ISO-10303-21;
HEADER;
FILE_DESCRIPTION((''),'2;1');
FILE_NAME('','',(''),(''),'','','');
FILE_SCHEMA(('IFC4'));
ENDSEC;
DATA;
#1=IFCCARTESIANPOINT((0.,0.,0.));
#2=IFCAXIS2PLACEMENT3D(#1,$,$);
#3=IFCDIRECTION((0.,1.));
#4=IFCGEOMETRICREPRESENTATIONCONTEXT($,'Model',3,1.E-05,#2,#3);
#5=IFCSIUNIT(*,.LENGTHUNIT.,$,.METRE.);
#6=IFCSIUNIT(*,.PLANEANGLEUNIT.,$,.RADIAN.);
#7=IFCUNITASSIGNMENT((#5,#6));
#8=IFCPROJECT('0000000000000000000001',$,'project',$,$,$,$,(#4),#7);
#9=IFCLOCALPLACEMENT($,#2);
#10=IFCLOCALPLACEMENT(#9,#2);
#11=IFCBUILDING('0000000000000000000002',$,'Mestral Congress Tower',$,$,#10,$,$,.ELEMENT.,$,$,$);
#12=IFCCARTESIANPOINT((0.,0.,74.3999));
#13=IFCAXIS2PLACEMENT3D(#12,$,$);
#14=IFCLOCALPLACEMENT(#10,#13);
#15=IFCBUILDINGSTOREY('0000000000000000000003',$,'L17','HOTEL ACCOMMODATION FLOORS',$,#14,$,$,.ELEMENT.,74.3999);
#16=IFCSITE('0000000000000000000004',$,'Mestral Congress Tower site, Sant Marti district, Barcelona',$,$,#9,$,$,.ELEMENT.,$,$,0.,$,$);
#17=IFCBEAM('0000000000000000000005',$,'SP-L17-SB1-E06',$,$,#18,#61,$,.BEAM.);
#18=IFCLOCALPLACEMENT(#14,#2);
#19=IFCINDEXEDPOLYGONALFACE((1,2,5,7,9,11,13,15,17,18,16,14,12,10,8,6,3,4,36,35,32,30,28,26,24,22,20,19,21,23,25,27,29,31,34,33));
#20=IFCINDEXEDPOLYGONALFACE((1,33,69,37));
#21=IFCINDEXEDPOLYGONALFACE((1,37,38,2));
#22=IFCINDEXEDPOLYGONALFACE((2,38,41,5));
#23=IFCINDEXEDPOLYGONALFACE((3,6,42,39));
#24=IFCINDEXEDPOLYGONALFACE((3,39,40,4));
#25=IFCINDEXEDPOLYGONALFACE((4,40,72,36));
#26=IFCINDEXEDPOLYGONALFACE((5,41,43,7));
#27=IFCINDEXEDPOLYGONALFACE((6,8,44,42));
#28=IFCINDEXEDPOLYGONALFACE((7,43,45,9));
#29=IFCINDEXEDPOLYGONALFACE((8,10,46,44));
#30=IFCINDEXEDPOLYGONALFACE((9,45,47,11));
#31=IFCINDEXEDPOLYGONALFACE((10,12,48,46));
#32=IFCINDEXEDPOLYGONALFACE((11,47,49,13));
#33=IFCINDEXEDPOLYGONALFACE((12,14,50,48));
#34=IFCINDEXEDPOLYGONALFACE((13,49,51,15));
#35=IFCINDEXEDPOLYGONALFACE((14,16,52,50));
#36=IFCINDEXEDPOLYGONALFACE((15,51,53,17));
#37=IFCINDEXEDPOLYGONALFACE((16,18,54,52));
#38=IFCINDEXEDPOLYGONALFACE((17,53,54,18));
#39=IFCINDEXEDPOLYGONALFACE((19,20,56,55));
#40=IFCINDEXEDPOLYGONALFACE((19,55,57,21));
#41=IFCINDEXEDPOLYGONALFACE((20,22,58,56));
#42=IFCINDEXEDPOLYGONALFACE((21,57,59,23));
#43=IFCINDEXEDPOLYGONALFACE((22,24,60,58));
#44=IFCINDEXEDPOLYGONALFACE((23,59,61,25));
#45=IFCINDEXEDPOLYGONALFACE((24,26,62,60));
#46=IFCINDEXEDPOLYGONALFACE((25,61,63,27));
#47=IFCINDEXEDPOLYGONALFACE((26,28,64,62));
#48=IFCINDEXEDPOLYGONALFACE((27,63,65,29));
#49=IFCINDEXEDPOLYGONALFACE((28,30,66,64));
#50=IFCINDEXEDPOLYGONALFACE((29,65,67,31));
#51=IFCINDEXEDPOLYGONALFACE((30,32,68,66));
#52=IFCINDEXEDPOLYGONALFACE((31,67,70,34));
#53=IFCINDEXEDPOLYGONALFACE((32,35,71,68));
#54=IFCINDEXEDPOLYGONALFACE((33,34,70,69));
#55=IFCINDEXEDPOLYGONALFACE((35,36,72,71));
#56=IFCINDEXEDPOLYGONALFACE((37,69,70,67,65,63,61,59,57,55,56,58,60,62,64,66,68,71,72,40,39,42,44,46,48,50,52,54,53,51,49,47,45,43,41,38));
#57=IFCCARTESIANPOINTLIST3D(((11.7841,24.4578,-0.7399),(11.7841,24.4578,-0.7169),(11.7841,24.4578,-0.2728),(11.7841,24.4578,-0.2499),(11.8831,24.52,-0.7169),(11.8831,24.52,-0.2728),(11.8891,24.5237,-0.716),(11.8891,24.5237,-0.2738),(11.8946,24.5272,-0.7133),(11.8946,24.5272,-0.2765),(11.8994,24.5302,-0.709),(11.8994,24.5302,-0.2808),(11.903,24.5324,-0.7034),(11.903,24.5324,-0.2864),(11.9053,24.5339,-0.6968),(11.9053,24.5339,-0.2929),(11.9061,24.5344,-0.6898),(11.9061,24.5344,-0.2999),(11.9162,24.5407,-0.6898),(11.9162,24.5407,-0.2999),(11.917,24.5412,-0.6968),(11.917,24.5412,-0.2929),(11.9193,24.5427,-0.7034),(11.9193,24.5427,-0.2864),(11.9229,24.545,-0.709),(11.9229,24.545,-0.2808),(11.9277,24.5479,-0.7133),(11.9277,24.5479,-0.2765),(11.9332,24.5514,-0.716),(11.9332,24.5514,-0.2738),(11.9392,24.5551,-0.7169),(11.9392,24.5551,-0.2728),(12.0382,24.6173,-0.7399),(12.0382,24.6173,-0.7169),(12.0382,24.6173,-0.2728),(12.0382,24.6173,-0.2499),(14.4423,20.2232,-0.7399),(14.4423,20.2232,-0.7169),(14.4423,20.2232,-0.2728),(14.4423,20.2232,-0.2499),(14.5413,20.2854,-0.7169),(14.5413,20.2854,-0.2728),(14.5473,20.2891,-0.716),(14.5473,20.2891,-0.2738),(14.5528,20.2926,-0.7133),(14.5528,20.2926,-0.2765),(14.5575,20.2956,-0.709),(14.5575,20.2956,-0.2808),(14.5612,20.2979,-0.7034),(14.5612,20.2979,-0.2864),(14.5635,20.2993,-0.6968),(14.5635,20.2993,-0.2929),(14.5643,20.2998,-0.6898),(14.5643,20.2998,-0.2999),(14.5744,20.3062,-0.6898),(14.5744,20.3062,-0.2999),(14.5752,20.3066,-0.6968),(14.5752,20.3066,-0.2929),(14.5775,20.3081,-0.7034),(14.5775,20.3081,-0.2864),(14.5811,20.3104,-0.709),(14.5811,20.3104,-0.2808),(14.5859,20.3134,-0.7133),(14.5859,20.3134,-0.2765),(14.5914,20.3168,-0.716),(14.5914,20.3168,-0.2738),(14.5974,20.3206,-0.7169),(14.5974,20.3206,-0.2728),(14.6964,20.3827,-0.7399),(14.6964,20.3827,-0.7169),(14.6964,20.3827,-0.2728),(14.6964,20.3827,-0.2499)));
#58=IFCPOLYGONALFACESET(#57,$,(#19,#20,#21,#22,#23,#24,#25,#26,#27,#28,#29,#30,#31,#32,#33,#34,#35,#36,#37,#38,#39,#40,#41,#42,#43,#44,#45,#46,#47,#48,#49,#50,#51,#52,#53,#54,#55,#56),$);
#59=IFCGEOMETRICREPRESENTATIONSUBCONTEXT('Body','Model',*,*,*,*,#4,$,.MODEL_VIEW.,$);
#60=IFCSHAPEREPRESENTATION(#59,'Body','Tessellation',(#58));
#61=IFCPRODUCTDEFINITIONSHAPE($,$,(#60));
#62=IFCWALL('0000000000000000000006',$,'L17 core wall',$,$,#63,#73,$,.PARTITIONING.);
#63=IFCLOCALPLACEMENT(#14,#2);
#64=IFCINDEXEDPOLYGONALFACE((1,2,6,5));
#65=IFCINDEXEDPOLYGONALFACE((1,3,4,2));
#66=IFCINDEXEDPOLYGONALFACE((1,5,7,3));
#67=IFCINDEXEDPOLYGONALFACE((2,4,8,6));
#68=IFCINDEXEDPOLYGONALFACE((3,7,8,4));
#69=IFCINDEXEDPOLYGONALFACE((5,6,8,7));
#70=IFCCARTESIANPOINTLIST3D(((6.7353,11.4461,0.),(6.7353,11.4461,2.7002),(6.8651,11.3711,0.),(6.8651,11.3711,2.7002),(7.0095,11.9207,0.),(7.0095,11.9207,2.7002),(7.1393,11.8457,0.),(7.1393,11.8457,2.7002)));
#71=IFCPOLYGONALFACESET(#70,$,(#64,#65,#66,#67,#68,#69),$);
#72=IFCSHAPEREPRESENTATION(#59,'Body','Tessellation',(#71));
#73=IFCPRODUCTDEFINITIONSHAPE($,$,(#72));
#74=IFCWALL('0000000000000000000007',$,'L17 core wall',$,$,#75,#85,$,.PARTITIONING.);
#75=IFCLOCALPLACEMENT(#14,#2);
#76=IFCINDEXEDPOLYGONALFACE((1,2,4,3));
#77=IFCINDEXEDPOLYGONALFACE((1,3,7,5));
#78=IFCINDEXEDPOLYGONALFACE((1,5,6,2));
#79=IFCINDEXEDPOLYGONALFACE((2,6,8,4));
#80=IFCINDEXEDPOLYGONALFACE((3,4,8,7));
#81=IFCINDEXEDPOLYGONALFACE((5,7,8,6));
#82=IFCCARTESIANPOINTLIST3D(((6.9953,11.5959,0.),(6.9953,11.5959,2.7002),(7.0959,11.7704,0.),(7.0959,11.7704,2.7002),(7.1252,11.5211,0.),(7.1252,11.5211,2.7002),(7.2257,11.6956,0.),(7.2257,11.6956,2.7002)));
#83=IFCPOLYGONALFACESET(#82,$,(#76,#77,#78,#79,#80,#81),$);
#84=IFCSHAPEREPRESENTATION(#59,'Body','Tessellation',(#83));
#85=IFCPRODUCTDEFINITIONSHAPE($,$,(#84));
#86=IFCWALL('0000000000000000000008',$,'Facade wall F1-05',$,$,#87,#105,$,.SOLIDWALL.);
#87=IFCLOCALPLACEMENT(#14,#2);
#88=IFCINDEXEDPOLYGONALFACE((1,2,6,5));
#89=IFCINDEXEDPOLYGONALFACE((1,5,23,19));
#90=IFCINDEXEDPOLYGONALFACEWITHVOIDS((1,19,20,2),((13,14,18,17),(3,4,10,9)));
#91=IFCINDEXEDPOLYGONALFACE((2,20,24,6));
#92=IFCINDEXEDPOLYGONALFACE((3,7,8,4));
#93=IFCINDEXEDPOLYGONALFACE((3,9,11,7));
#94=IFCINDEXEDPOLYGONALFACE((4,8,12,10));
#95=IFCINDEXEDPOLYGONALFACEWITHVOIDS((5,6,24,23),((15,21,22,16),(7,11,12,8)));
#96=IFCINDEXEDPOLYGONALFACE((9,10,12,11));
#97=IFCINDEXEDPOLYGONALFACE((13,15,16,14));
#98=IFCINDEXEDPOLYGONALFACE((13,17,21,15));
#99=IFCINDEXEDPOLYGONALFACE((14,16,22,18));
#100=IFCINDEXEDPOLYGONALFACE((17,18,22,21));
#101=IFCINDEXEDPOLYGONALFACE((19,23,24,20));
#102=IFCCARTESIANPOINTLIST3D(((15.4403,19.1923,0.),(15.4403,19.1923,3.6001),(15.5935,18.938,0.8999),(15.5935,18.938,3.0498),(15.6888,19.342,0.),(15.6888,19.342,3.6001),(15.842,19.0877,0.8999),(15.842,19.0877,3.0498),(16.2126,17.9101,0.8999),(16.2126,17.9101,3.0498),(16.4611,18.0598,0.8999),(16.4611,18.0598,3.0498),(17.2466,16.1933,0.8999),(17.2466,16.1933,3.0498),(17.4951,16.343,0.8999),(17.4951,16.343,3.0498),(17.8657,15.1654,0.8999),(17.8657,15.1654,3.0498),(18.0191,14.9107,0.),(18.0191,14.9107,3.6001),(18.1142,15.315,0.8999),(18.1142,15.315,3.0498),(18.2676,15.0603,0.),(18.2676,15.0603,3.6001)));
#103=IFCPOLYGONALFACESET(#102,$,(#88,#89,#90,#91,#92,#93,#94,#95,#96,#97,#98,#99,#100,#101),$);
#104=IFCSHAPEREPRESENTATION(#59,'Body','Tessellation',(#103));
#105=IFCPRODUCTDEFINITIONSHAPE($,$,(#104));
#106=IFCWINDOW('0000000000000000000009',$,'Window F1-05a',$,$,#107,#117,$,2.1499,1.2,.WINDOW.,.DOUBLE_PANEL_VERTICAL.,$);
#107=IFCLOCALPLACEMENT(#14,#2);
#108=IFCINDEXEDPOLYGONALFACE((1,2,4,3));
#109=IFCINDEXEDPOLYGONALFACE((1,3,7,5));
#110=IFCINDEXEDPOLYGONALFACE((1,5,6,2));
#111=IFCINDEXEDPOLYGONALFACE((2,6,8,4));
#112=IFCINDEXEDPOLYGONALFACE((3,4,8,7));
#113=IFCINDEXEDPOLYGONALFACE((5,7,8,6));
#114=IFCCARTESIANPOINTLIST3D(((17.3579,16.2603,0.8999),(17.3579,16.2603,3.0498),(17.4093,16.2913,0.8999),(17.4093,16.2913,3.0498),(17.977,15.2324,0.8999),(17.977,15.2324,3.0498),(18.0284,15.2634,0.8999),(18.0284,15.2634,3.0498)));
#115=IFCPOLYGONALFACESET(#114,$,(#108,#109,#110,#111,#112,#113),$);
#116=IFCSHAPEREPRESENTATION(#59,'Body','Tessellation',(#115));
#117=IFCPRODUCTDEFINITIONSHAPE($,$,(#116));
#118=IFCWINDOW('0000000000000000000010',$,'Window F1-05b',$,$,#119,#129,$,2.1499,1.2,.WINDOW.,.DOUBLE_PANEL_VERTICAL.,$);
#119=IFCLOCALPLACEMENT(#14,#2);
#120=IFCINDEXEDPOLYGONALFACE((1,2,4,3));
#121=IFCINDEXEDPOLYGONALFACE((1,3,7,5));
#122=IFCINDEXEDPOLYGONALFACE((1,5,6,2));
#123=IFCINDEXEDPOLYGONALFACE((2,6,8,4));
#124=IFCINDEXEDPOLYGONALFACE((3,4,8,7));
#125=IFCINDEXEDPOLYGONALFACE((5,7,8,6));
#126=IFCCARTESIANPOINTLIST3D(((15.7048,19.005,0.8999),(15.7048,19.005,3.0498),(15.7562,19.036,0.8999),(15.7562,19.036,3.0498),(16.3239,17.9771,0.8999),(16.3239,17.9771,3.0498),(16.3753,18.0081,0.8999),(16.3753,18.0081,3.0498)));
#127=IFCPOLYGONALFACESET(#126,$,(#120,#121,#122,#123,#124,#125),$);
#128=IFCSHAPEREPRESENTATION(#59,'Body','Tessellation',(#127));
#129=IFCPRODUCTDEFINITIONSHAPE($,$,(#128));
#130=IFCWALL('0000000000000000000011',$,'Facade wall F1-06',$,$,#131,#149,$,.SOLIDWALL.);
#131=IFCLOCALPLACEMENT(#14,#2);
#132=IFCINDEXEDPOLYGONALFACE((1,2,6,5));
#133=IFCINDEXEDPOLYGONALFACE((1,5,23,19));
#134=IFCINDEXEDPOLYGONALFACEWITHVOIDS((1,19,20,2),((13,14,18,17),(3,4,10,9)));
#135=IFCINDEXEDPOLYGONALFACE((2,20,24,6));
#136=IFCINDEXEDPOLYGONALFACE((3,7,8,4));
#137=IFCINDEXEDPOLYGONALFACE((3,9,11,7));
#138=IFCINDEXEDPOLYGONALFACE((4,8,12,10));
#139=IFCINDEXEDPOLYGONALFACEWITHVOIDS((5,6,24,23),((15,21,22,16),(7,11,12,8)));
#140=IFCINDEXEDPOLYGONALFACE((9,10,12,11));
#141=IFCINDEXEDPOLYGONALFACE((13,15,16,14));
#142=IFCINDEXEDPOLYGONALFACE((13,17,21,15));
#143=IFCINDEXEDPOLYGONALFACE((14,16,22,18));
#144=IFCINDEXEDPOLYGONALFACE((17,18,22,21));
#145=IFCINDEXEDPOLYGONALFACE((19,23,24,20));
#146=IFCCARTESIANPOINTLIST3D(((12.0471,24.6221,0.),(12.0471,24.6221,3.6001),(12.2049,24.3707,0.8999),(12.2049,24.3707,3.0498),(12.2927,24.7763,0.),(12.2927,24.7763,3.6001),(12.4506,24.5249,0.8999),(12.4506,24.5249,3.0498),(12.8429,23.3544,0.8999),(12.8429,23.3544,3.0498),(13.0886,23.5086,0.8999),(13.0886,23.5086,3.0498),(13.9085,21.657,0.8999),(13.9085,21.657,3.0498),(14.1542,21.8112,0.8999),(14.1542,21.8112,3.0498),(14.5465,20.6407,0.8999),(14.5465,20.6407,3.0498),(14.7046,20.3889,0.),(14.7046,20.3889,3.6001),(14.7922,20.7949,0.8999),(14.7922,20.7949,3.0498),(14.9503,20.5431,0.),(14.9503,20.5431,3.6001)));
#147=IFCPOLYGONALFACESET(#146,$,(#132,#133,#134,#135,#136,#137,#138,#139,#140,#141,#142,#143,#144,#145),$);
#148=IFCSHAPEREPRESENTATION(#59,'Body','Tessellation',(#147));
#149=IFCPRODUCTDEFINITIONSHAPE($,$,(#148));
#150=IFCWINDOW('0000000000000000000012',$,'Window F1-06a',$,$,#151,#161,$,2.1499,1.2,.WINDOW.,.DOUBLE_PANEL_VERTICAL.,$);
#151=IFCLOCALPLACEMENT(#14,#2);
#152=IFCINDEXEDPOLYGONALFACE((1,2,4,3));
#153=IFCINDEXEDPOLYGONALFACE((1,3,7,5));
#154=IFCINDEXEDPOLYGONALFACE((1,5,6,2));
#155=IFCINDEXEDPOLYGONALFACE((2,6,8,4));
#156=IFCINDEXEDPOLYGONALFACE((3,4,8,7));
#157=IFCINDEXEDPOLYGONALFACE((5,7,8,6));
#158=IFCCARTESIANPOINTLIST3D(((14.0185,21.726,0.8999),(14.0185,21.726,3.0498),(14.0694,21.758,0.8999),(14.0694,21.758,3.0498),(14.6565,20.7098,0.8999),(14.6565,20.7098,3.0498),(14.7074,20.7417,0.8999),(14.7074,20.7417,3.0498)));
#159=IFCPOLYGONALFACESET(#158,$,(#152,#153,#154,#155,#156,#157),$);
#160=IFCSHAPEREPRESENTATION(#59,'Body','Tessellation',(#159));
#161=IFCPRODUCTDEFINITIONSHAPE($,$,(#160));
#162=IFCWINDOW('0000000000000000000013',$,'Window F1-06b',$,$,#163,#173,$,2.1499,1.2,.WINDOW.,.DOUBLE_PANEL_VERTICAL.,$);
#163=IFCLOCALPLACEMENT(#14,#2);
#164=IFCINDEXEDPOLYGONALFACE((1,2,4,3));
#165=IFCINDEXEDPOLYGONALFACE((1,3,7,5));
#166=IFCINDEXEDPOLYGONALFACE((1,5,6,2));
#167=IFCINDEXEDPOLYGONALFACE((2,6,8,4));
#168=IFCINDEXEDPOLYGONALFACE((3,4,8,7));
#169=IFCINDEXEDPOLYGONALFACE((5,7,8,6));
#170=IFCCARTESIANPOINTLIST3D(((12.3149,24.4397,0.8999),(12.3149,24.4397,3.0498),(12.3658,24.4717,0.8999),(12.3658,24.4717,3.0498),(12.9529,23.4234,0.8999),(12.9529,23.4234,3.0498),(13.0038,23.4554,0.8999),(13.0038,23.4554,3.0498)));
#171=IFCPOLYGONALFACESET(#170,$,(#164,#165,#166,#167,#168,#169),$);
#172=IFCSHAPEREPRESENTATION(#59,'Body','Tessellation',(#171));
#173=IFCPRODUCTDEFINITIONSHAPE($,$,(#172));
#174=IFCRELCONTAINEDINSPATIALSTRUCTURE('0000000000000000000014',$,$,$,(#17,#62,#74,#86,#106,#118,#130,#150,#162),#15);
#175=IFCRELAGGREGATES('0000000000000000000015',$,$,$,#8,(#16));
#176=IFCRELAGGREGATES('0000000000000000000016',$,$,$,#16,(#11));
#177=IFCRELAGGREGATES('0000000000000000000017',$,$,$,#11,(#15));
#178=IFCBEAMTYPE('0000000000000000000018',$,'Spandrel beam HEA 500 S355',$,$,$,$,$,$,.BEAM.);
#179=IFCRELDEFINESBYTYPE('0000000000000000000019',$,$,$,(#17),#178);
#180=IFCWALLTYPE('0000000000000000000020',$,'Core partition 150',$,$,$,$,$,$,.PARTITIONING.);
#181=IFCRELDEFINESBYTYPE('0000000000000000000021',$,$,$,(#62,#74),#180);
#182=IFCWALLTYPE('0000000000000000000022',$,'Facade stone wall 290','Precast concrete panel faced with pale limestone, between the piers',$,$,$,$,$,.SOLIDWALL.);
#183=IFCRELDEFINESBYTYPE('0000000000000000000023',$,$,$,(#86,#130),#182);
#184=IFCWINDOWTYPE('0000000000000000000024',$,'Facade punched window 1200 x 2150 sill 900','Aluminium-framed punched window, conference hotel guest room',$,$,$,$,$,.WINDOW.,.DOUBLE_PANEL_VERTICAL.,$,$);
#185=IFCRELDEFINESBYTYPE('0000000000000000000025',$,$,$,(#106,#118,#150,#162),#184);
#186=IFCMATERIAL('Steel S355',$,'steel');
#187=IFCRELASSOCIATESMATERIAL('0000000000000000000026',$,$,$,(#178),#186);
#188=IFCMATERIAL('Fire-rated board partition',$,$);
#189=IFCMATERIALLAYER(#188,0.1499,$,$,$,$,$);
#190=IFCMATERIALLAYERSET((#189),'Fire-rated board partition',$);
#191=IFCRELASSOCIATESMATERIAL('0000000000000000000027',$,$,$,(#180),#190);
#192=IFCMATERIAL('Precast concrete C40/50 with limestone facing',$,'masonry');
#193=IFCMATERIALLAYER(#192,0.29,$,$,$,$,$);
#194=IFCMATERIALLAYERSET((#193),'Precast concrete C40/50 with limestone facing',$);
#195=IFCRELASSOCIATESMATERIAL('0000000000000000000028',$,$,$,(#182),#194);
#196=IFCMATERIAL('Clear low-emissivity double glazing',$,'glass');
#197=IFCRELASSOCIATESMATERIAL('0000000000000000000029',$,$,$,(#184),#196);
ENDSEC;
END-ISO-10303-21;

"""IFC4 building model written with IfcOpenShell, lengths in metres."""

from ifc_helpers import new_model, si_unit, direction, frame, frame_2d, origin, origin_2d, place, context, subcontext, project, spatial, rectangle, i_section, extrude, material, layer, layer_set, material_profile, profile_set, type_object, element, fill, save


model = new_model("IFC4")

# Units and contexts
model_context = context("Model", 3, precision=1e-05, world=origin(), true_north=direction((0.0, 1.0)))
body_context = subcontext(model_context, "Body", "Model", "MODEL_VIEW")
ifc_project = project(units=[si_unit("LENGTHUNIT", "METRE"), si_unit("PLANEANGLEUNIT", "RADIAN")], contexts=[model_context])

# Site, building, storey
site_placement = place(None, origin())
site = spatial("IfcSite", under=ifc_project, at=site_placement, Name="Mestral Congress Tower site, Sant Marti district, Barcelona", CompositionType="ELEMENT", RefElevation=0.0)
building_placement = place(site_placement, origin())
building = spatial("IfcBuilding", under=site, at=building_placement, Name="Mestral Congress Tower", CompositionType="ELEMENT")
storey_placement = place(building_placement, frame((0.0, 0.0, 74.3999)))
storey = spatial("IfcBuildingStorey", under=building, at=storey_placement, Name="L17", Description="HOTEL ACCOMMODATION FLOORS", CompositionType="ELEMENT", Elevation=74.3999)

# Beam
ifc_material_1 = material(Name="Steel S355", Category="steel")
ifc_material_profile_1 = material_profile(ifc_material_1, i_section(OverallWidth=0.3, OverallDepth=0.49, WebThickness=0.012, FlangeThickness=0.0229, FilletRadius=0.0271, at=origin_2d()), Name="HEA 500")
ifc_profile_set_1 = profile_set([ifc_material_profile_1], Name="Steel S355")
beam_type_1 = type_object("IfcBeamType", Name="Spandrel beam HEA 500 S355", PredefinedType="BEAM", material=ifc_profile_set_1)
for number, where, z_axis, x_axis, name in (
    (1, (14.5693, 20.303, -0.4949), (-0.531661, 0.846957, 0.0), (-0.846957, -0.531661, 0.0), "SP-L17-SB1-E06"),
):
    element("IfcBeam", number, at=place(storey_placement, frame(where, z_axis=z_axis, x_axis=x_axis)), inside=storey, type_object=beam_type_1, Name=name, PredefinedType="BEAM", context=body_context, shape_type="SweptSolid", body=[
        extrude(i_section(OverallWidth=0.3, OverallDepth=0.49, WebThickness=0.012, FlangeThickness=0.0229, FilletRadius=0.0271, at=origin_2d()), origin(), (0.0, 0.0, 1.0), 4.9998),
    ])

# Walls
ifc_material_2 = material(Name="Fire-rated board partition")
ifc_layer_1 = layer(ifc_material_2, 0.1499)
ifc_layer_set_1 = layer_set([ifc_layer_1], Name="Fire-rated board partition")
wall_type_1 = type_object("IfcWallType", Name="Core partition 150", PredefinedType="PARTITIONING", material=ifc_layer_set_1)
wall_1_placement = place(storey_placement, frame((6.8003, 11.4087, 0.0), z_axis=(0.0, 0.0, 1.0), x_axis=(0.500211, 0.865904, 0.0)))
element("IfcWall", 2, at=wall_1_placement, inside=storey, type_object=wall_type_1, Name="L17 core wall", PredefinedType="PARTITIONING", context=body_context, shape_type="SweptSolid", body=[
    extrude(rectangle(XDim=0.5481, YDim=0.1499, at=frame_2d((0.2739, 0.0))), origin(), (0.0, 0.0, 1.0), 2.7002),
])
wall_2_placement = place(storey_placement, frame((7.0603, 11.5586, 0.0), z_axis=(0.0, 0.0, 1.0), x_axis=(0.499268, 0.866448, 0.0)))
element("IfcWall", 3, at=wall_2_placement, inside=storey, type_object=wall_type_1, Name="L17 core wall", PredefinedType="PARTITIONING", context=body_context, shape_type="SweptSolid", body=[
    extrude(rectangle(XDim=0.2014, YDim=0.1499, at=frame_2d((0.1006, 0.0))), origin(), (0.0, 0.0, 1.0), 2.7002),
])

# Walls, openings, windows
ifc_material_3 = material(Name="Precast concrete C40/50 with limestone facing", Category="masonry")
ifc_layer_2 = layer(ifc_material_3, 0.29)
ifc_layer_set_2 = layer_set([ifc_layer_2], Name="Precast concrete C40/50 with limestone facing")
wall_type_2 = type_object("IfcWallType", Name="Facade stone wall 290", Description="Precast concrete panel faced with pale limestone, between the piers", PredefinedType="SOLIDWALL", material=ifc_layer_set_2)
wall_3_placement = place(storey_placement, frame((18.1433, 14.9856, 0.0), z_axis=(0.0, 0.0, 1.0), x_axis=(-0.515939, 0.856625, 0.0)))
wall_3 = element("IfcWall", 4, at=wall_3_placement, inside=storey, type_object=wall_type_2, Name="Facade wall F1-05", PredefinedType="SOLIDWALL", context=body_context, shape_type="SweptSolid", body=[
    extrude(rectangle(XDim=4.9983, YDim=0.29, at=frame_2d((2.499, 0.0))), origin(), (0.0, 0.0, 1.0), 3.6001),
])
opening_1_placement = place(wall_3_placement, frame((0.2971, 0.0, 0.8999)))
opening_1 = element("IfcOpeningElement", 5, at=opening_1_placement, cuts=wall_3, PredefinedType="OPENING", context=body_context, shape_type="SweptSolid", body=[
    extrude(rectangle(XDim=1.2, YDim=2.1499, at=frame_2d((0.6001, 1.075))), frame((0.0, 0.155, 0.0), z_axis=(0.0, -1.0, 0.0), x_axis=(1.0, 0.0, 0.0)), (0.0, 0.0, 1.0), 0.3101),
])
opening_2_placement = place(wall_3_placement, frame((3.5012, 0.0, 0.8999)))
opening_2 = element("IfcOpeningElement", 6, at=opening_2_placement, cuts=wall_3, PredefinedType="OPENING", context=body_context, shape_type="SweptSolid", body=[
    extrude(rectangle(XDim=1.2, YDim=2.1499, at=frame_2d((0.6001, 1.075))), frame((0.0, 0.155, 0.0), z_axis=(0.0, -1.0, 0.0), x_axis=(1.0, 0.0, 0.0)), (0.0, 0.0, 1.0), 0.3101),
])
ifc_material_4 = material(Name="Clear low-emissivity double glazing", Category="glass")
window_type = type_object("IfcWindowType", Name="Facade punched window 1200 x 2150 sill 900", Description="Aluminium-framed punched window, conference hotel guest room", PartitioningType="DOUBLE_PANEL_VERTICAL", PredefinedType="WINDOW", material=ifc_material_4)
window_1_placement = place(opening_1_placement, origin())
window_1 = element("IfcWindow", 7, at=window_1_placement, inside=storey, type_object=window_type, Name="Window F1-05a", OverallHeight=2.1499, OverallWidth=1.2, PartitioningType="DOUBLE_PANEL_VERTICAL", PredefinedType="WINDOW", context=body_context, shape_type="SweptSolid", body=[
    extrude(rectangle(XDim=1.2, YDim=2.1499, at=frame_2d((0.6001, 1.075))), frame((0.0, 0.0151, 0.0), z_axis=(0.0, -1.0, 0.0), x_axis=(1.0, 0.0, 0.0)), (0.0, 0.0, 1.0), 0.0601),
])
fill(opening_1, window_1)
window_2_placement = place(opening_2_placement, origin())
window_2 = element("IfcWindow", 8, at=window_2_placement, inside=storey, type_object=window_type, Name="Window F1-05b", OverallHeight=2.1499, OverallWidth=1.2, PartitioningType="DOUBLE_PANEL_VERTICAL", PredefinedType="WINDOW", context=body_context, shape_type="SweptSolid", body=[
    extrude(rectangle(XDim=1.2, YDim=2.1499, at=frame_2d((0.6001, 1.075))), frame((0.0, 0.0151, 0.0), z_axis=(0.0, -1.0, 0.0), x_axis=(1.0, 0.0, 0.0)), (0.0, 0.0, 1.0), 0.0601),
])
fill(opening_2, window_2)
wall_4_placement = place(storey_placement, frame((14.8274, 20.4661, 0.0), z_axis=(0.0, 0.0, 1.0), x_axis=(-0.531688, 0.84694, 0.0)))
wall_4 = element("IfcWall", 9, at=wall_4_placement, inside=storey, type_object=wall_type_2, Name="Facade wall F1-06", PredefinedType="SOLIDWALL", context=body_context, shape_type="SweptSolid", body=[
    extrude(rectangle(XDim=4.9983, YDim=0.29, at=frame_2d((2.499, 0.0))), origin(), (0.0, 0.0, 1.0), 3.6001),
])
opening_3_placement = place(wall_4_placement, frame((0.2971, 0.0, 0.8999)))
opening_3 = element("IfcOpeningElement", 10, at=opening_3_placement, cuts=wall_4, PredefinedType="OPENING", context=body_context, shape_type="SweptSolid", body=[
    extrude(rectangle(XDim=1.2, YDim=2.1499, at=frame_2d((0.6001, 1.075))), frame((0.0, 0.155, 0.0), z_axis=(0.0, -1.0, 0.0), x_axis=(1.0, 0.0, 0.0)), (0.0, 0.0, 1.0), 0.3101),
])
opening_4_placement = place(wall_4_placement, frame((3.5012, 0.0, 0.8999)))
opening_4 = element("IfcOpeningElement", 11, at=opening_4_placement, cuts=wall_4, PredefinedType="OPENING", context=body_context, shape_type="SweptSolid", body=[
    extrude(rectangle(XDim=1.2, YDim=2.1499, at=frame_2d((0.6001, 1.075))), frame((0.0, 0.155, 0.0), z_axis=(0.0, -1.0, 0.0), x_axis=(1.0, 0.0, 0.0)), (0.0, 0.0, 1.0), 0.3101),
])
window_3_placement = place(opening_3_placement, origin())
window_3 = element("IfcWindow", 12, at=window_3_placement, inside=storey, type_object=window_type, Name="Window F1-06a", OverallHeight=2.1499, OverallWidth=1.2, PartitioningType="DOUBLE_PANEL_VERTICAL", PredefinedType="WINDOW", context=body_context, shape_type="SweptSolid", body=[
    extrude(rectangle(XDim=1.2, YDim=2.1499, at=frame_2d((0.6001, 1.075))), frame((0.0, 0.0151, 0.0), z_axis=(0.0, -1.0, 0.0), x_axis=(1.0, 0.0, 0.0)), (0.0, 0.0, 1.0), 0.0601),
])
fill(opening_3, window_3)
window_4_placement = place(opening_4_placement, origin())
window_4 = element("IfcWindow", 13, at=window_4_placement, inside=storey, type_object=window_type, Name="Window F1-06b", OverallHeight=2.1499, OverallWidth=1.2, PartitioningType="DOUBLE_PANEL_VERTICAL", PredefinedType="WINDOW", context=body_context, shape_type="SweptSolid", body=[
    extrude(rectangle(XDim=1.2, YDim=2.1499, at=frame_2d((0.6001, 1.075))), frame((0.0, 0.0151, 0.0), z_axis=(0.0, -1.0, 0.0), x_axis=(1.0, 0.0, 0.0)), (0.0, 0.0, 1.0), 0.0601),
])
fill(opening_4, window_4)

save(model, "model.ifc")
